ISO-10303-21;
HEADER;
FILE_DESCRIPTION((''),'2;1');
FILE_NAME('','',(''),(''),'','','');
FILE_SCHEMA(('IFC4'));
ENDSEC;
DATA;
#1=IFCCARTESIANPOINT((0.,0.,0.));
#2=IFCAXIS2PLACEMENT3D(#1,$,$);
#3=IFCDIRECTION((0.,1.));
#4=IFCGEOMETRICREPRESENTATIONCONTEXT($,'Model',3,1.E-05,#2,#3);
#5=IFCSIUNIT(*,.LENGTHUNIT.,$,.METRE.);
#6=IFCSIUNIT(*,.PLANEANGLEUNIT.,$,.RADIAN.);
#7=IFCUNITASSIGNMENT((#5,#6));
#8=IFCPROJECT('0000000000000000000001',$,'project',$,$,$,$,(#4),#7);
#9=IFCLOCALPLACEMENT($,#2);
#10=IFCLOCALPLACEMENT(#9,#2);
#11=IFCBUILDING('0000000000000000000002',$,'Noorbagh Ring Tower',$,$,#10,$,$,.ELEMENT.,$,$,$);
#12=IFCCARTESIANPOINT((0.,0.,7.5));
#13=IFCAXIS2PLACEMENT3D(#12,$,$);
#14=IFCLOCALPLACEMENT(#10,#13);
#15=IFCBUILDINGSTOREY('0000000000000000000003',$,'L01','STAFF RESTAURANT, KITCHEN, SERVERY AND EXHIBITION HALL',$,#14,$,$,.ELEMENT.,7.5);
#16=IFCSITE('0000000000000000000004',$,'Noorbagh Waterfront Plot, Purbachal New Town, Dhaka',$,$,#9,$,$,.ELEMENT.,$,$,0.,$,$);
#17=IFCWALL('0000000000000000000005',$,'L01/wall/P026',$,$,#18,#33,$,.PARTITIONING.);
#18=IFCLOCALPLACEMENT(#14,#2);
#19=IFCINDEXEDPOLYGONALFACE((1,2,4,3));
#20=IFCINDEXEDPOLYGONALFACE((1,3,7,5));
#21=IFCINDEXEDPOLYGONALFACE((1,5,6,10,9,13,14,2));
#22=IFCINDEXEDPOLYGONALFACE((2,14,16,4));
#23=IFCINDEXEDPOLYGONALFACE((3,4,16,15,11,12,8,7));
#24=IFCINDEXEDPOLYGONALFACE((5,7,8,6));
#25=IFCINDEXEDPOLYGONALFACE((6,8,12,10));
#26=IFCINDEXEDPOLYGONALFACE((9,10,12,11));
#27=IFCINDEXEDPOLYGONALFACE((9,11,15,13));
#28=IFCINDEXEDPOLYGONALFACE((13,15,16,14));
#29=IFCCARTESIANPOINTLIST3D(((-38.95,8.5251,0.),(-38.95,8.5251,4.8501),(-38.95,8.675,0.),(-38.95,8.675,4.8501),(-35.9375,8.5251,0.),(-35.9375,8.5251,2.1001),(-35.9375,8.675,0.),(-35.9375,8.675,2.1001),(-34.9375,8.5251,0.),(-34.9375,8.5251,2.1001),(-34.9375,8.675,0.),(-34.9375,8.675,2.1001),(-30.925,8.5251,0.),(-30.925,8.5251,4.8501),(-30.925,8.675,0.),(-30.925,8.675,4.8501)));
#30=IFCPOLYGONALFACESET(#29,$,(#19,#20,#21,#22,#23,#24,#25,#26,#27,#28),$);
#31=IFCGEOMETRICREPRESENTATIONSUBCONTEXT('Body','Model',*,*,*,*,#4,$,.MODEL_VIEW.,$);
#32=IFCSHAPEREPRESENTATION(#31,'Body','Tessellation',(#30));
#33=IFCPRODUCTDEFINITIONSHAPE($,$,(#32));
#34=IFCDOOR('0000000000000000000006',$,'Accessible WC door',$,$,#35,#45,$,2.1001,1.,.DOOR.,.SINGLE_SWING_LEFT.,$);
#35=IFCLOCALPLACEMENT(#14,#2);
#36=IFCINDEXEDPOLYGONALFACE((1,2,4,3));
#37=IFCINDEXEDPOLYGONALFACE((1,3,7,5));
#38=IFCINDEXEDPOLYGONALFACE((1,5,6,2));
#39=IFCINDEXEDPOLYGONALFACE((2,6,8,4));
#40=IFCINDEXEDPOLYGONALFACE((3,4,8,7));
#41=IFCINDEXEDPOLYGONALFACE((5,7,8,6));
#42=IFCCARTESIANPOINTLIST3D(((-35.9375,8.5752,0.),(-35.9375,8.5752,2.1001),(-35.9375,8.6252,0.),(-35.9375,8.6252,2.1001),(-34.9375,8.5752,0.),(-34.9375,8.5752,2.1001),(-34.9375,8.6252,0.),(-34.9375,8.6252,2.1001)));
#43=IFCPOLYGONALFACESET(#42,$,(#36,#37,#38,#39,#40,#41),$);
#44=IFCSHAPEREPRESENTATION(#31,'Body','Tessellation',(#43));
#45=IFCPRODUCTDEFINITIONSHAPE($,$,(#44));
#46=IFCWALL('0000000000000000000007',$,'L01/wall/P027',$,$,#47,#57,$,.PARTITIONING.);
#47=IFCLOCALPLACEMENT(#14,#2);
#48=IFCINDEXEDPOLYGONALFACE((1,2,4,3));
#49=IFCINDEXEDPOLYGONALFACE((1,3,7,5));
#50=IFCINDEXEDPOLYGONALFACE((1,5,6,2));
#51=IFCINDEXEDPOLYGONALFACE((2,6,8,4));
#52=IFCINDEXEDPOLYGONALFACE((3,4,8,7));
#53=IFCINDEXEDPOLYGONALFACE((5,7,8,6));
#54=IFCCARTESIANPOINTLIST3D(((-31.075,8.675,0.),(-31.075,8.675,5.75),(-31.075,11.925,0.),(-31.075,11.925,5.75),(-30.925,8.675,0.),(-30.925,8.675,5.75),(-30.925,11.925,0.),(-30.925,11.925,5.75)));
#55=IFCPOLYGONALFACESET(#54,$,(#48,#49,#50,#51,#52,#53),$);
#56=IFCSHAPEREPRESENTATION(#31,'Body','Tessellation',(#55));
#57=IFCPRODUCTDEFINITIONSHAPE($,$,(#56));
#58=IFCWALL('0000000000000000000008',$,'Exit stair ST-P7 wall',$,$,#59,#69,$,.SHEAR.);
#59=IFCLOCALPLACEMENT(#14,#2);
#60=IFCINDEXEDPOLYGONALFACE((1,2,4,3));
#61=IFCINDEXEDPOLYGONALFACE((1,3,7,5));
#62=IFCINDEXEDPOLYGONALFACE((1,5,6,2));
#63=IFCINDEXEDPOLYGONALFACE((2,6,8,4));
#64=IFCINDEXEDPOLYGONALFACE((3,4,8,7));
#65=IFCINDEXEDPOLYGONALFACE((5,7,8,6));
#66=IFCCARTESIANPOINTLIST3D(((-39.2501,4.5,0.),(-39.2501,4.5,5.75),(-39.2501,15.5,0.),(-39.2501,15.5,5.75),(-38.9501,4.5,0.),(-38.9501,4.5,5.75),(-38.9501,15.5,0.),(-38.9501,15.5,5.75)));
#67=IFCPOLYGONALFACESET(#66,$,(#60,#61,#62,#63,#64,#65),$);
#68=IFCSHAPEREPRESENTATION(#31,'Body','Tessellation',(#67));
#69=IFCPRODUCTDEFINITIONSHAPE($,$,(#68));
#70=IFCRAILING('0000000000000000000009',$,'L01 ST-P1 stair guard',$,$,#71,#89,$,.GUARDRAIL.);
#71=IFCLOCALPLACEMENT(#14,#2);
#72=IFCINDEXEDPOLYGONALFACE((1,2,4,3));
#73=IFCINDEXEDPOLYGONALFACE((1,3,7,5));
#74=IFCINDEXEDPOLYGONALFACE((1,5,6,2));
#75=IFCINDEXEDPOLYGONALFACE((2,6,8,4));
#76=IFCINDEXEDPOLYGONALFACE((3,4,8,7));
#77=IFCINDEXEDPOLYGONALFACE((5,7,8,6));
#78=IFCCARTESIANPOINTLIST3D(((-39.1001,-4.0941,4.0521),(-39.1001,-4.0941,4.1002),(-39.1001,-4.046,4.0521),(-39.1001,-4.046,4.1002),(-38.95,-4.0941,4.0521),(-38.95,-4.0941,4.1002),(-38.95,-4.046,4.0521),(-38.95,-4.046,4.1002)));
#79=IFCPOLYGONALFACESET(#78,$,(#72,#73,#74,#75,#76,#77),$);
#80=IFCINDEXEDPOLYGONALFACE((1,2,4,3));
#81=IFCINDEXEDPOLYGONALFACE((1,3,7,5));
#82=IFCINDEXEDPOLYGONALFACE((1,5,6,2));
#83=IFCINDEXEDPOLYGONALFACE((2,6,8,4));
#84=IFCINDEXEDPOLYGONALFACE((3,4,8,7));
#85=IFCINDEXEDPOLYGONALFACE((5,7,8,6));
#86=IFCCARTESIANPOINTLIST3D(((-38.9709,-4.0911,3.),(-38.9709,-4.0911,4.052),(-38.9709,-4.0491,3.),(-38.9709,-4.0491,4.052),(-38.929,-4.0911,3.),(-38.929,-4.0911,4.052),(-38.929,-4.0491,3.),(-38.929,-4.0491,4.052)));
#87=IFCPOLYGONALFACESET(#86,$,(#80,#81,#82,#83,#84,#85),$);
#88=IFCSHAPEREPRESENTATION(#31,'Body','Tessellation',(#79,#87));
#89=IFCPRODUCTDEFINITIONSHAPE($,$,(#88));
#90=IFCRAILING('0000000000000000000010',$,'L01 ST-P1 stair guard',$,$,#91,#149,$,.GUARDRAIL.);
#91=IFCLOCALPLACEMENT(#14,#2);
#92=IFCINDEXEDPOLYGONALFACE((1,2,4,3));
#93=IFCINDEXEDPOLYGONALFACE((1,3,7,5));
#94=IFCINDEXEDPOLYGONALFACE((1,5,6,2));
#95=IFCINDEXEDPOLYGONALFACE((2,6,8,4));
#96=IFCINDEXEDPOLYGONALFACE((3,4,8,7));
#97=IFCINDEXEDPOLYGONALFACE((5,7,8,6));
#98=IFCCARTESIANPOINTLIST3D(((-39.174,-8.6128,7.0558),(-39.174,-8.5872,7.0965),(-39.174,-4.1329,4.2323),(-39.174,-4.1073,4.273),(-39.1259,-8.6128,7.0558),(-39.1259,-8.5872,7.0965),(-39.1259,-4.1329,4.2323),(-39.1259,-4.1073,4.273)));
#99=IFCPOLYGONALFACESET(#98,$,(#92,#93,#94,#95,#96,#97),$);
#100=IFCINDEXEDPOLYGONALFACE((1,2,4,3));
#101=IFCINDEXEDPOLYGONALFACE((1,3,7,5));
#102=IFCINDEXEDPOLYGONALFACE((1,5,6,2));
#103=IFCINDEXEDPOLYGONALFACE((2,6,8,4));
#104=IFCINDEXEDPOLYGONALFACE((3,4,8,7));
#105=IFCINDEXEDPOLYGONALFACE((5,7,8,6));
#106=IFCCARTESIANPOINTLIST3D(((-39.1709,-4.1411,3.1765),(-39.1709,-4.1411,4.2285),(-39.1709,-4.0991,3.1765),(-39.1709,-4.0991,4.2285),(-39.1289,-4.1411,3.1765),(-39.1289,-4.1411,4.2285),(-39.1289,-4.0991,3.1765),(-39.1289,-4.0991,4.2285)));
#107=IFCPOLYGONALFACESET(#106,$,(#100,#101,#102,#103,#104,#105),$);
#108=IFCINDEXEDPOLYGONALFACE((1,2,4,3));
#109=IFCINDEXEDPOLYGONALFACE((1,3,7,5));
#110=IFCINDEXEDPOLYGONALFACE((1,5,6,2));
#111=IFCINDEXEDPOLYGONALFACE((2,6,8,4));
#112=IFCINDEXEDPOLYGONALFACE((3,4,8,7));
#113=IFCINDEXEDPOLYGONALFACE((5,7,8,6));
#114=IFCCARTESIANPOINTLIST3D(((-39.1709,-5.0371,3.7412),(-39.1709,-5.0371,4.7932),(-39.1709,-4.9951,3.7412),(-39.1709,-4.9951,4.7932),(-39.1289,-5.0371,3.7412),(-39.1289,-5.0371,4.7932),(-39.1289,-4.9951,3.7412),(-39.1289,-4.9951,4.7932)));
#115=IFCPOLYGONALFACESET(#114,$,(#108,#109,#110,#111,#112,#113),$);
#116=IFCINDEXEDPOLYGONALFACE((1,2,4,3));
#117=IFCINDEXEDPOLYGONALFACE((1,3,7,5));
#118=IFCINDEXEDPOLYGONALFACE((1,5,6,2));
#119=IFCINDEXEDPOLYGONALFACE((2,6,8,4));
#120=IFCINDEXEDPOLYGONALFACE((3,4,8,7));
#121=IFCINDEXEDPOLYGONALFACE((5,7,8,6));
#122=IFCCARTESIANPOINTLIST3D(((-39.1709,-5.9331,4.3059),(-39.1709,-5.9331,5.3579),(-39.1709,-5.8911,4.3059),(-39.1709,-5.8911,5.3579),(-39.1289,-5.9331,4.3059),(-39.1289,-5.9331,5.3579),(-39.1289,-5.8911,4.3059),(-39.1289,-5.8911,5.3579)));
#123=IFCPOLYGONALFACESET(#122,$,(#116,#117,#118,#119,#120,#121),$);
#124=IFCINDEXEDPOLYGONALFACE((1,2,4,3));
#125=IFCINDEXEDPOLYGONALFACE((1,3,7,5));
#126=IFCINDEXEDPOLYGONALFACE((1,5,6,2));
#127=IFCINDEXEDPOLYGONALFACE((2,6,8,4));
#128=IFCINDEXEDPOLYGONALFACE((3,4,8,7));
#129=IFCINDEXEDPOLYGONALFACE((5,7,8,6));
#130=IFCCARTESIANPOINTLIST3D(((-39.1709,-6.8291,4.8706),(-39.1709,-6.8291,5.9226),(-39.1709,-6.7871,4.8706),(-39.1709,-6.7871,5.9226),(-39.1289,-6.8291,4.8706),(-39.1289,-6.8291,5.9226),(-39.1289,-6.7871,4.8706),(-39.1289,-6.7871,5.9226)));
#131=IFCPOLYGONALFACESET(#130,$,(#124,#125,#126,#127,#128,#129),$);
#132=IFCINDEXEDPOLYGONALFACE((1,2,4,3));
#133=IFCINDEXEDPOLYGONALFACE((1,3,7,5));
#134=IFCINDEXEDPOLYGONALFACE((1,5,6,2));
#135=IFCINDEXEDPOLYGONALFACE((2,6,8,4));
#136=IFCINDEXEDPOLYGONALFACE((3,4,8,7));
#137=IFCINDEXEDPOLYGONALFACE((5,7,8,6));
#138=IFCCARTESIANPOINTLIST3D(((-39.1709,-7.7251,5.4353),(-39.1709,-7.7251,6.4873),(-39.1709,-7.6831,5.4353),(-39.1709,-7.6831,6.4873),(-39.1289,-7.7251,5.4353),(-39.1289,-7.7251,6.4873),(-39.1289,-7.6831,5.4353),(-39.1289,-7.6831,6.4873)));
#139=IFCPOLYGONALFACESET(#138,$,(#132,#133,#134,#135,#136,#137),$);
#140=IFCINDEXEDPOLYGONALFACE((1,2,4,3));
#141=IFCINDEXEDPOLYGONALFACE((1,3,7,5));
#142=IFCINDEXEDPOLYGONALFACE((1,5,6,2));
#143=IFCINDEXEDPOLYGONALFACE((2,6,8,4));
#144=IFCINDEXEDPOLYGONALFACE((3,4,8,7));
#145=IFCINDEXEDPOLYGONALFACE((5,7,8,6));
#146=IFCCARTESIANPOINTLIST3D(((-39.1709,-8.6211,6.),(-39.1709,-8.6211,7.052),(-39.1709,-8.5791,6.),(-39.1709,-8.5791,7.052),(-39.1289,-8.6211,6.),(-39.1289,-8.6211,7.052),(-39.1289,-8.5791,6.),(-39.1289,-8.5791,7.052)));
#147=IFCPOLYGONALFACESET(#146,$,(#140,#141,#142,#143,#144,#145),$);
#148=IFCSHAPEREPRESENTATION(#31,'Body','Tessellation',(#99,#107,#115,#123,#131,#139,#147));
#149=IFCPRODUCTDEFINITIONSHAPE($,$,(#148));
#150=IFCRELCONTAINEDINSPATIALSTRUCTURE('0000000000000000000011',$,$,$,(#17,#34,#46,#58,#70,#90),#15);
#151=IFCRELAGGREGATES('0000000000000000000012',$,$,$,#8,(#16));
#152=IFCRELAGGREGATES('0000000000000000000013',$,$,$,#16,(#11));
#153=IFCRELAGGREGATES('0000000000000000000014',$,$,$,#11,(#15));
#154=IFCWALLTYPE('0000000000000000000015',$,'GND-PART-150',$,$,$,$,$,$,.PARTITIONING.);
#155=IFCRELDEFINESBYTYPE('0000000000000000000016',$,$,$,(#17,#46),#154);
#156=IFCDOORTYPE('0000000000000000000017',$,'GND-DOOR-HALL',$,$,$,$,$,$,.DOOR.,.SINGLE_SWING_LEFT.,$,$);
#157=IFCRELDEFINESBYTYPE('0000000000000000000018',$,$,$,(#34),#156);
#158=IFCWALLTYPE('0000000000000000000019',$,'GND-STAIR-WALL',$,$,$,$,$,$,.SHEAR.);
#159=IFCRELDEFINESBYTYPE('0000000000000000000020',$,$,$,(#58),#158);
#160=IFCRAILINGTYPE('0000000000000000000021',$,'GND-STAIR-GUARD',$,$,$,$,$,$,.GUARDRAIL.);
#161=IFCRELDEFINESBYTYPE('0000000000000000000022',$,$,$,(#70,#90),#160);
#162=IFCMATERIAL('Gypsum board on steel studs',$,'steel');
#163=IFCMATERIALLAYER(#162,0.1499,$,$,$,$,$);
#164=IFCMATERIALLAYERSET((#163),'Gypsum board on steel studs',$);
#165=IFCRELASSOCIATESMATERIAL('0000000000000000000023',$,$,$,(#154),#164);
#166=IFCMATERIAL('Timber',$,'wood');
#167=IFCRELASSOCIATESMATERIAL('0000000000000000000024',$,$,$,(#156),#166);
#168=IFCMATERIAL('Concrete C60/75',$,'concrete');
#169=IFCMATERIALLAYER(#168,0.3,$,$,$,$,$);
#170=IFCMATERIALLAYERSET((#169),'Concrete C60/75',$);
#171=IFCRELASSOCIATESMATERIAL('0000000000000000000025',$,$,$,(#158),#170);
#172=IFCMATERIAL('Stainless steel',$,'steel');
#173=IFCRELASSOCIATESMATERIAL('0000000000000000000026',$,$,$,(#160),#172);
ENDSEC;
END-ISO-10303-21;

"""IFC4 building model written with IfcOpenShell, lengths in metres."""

from ifc_helpers import new_model, si_unit, direction, frame, frame_2d, origin, origin_2d, place, context, subcontext, project, spatial, rectangle, extrude, material, layer, layer_set, type_object, element, fill, save


model = new_model("IFC4")

# Units and contexts
model_context = context("Model", 3, precision=1e-05, world=origin(), true_north=direction((0.0, 1.0)))
body_context = subcontext(model_context, "Body", "Model", "MODEL_VIEW")
ifc_project = project(units=[si_unit("LENGTHUNIT", "METRE"), si_unit("PLANEANGLEUNIT", "RADIAN")], contexts=[model_context])

# Site, building, storey
site_placement = place(None, origin())
site = spatial("IfcSite", under=ifc_project, at=site_placement, Name="Noorbagh Waterfront Plot, Purbachal New Town, Dhaka", CompositionType="ELEMENT", RefElevation=0.0)
building_placement = place(site_placement, origin())
building = spatial("IfcBuilding", under=site, at=building_placement, Name="Noorbagh Ring Tower", CompositionType="ELEMENT")
storey_placement = place(building_placement, frame((0.0, 0.0, 7.5)))
storey = spatial("IfcBuildingStorey", under=building, at=storey_placement, Name="L01", Description="STAFF RESTAURANT, KITCHEN, SERVERY AND EXHIBITION HALL", CompositionType="ELEMENT", Elevation=7.5)

# Wall, opening, door
ifc_material_1 = material(Name="Gypsum board on steel studs", Category="steel")
ifc_layer_1 = layer(ifc_material_1, 0.1499)
ifc_layer_set_1 = layer_set([ifc_layer_1], Name="Gypsum board on steel studs")
wall_type_1 = type_object("IfcWallType", Name="GND-PART-150", PredefinedType="PARTITIONING", material=ifc_layer_set_1)
wall_1_placement = place(storey_placement, frame((-30.925, 8.6001, 0.0), z_axis=(0.0, 0.0, 1.0), x_axis=(-1.0, 0.0, 0.0)))
wall_1 = element("IfcWall", 1, at=wall_1_placement, inside=storey, type_object=wall_type_1, Name="L01/wall/P026", PredefinedType="PARTITIONING", context=body_context, shape_type="SweptSolid", body=[
    extrude(rectangle(XDim=8.0249, YDim=0.1499, at=frame_2d((4.0125, 0.0))), origin(), (0.0, 0.0, 1.0), 4.8501),
])
opening_placement = place(wall_1_placement, frame((4.0125, 0.0, 0.0)))
opening = element("IfcOpeningElement", 2, at=opening_placement, cuts=wall_1, PredefinedType="OPENING", context=body_context, shape_type="SweptSolid", body=[
    extrude(rectangle(XDim=1.0, YDim=2.1001, at=frame_2d((0.5, 1.05))), frame((0.0, 0.085, 0.0), z_axis=(0.0, -1.0, 0.0), x_axis=(1.0, 0.0, 0.0)), (0.0, 0.0, 1.0), 0.1699),
])
ifc_material_2 = material(Name="Timber", Category="wood")
door_type = type_object("IfcDoorType", Name="GND-DOOR-HALL", OperationType="SINGLE_SWING_LEFT", PredefinedType="DOOR", material=ifc_material_2)
door_placement = place(opening_placement, origin())
door = element("IfcDoor", 3, at=door_placement, inside=storey, type_object=door_type, Name="Accessible WC door", OperationType="SINGLE_SWING_LEFT", OverallHeight=2.1001, OverallWidth=1.0, PredefinedType="DOOR", context=body_context, shape_type="SweptSolid", body=[
    extrude(rectangle(XDim=1.0, YDim=2.1001, at=frame_2d((0.5, 1.05))), frame((0.0, 0.0249, 0.0), z_axis=(0.0, -1.0, 0.0), x_axis=(1.0, 0.0, 0.0)), (0.0, 0.0, 1.0), 0.05),
])
fill(opening, door)

# Walls
wall_2_placement = place(storey_placement, frame((-31.0, 11.925, 0.0), z_axis=(0.0, 0.0, 1.0), x_axis=(0.0, -1.0, 0.0)))
element("IfcWall", 4, at=wall_2_placement, inside=storey, type_object=wall_type_1, Name="L01/wall/P027", PredefinedType="PARTITIONING", context=body_context, shape_type="SweptSolid", body=[
    extrude(rectangle(XDim=3.25, YDim=0.1499, at=frame_2d((1.625, 0.0))), origin(), (0.0, 0.0, 1.0), 5.75),
])
ifc_material_3 = material(Name="Concrete C60/75", Category="concrete")
ifc_layer_2 = layer(ifc_material_3, 0.3)
ifc_layer_set_2 = layer_set([ifc_layer_2], Name="Concrete C60/75")
wall_type_2 = type_object("IfcWallType", Name="GND-STAIR-WALL", PredefinedType="SHEAR", material=ifc_layer_set_2)
wall_3_placement = place(storey_placement, frame((-39.1001, 4.5, 0.0), z_axis=(0.0, 0.0, 1.0), x_axis=(0.0, 1.0, 0.0)))
element("IfcWall", 5, at=wall_3_placement, inside=storey, type_object=wall_type_2, Name="Exit stair ST-P7 wall", PredefinedType="SHEAR", context=body_context, shape_type="SweptSolid", body=[
    extrude(rectangle(XDim=11.0, YDim=0.3, at=frame_2d((5.5, 0.0))), origin(), (0.0, 0.0, 1.0), 5.75),
])

# Railings
ifc_material_4 = material(Name="Stainless steel", Category="steel")
railing_type_1 = type_object("IfcRailingType", Name="GND-STAIR-GUARD", PredefinedType="GUARDRAIL", material=ifc_material_4)
railing_1_placement = place(storey_placement, frame((-38.95, -4.0701, 3.0)))
element("IfcRailing", 6, at=railing_1_placement, inside=storey, type_object=railing_type_1, Name="L01 ST-P1 stair guard", PredefinedType="GUARDRAIL", context=body_context, shape_type="SweptSolid", body=[
    extrude(rectangle(XDim=0.0481, YDim=0.0481, at=origin_2d()), frame((0.0, 0.0, 1.0762), z_axis=(-1.0, 0.0, 0.0), x_axis=(0.0, -1.0, 0.0)), (0.0, 0.0, 1.0), 0.1501),
    extrude(rectangle(XDim=0.042, YDim=0.042, at=origin_2d()), origin(), (0.0, 0.0, 1.0), 1.052),
])
railing_2_placement = place(storey_placement, frame((-39.1499, -4.1201, 3.1765)))
element("IfcRailing", 7, at=railing_2_placement, inside=storey, type_object=railing_type_1, Name="L01 ST-P1 stair guard", PredefinedType="GUARDRAIL", context=body_context, shape_type="SweptSolid", body=[
    extrude(rectangle(XDim=0.0481, YDim=0.0481, at=origin_2d()), frame((0.0, 0.0, 1.0762), z_axis=(0.0, -0.845998, 0.533186), x_axis=(1.0, 0.0, 0.0)), (0.0, 0.0, 1.0), 5.2954),
    extrude(rectangle(XDim=0.042, YDim=0.042, at=origin_2d()), origin(), (0.0, 0.0, 1.0), 1.052),
    extrude(rectangle(XDim=0.042, YDim=0.042, at=origin_2d()), frame((0.0, -0.896, 0.5647)), (0.0, 0.0, 1.0), 1.052),
    extrude(rectangle(XDim=0.042, YDim=0.042, at=origin_2d()), frame((0.0, -1.792, 1.1294)), (0.0, 0.0, 1.0), 1.052),
    extrude(rectangle(XDim=0.042, YDim=0.042, at=origin_2d()), frame((0.0, -2.688, 1.6941)), (0.0, 0.0, 1.0), 1.052),
    extrude(rectangle(XDim=0.042, YDim=0.042, at=origin_2d()), frame((0.0, -3.584, 2.2588)), (0.0, 0.0, 1.0), 1.052),
    extrude(rectangle(XDim=0.042, YDim=0.042, at=origin_2d()), frame((0.0, -4.48, 2.8235)), (0.0, 0.0, 1.0), 1.052),
])

save(model, "model.ifc")
